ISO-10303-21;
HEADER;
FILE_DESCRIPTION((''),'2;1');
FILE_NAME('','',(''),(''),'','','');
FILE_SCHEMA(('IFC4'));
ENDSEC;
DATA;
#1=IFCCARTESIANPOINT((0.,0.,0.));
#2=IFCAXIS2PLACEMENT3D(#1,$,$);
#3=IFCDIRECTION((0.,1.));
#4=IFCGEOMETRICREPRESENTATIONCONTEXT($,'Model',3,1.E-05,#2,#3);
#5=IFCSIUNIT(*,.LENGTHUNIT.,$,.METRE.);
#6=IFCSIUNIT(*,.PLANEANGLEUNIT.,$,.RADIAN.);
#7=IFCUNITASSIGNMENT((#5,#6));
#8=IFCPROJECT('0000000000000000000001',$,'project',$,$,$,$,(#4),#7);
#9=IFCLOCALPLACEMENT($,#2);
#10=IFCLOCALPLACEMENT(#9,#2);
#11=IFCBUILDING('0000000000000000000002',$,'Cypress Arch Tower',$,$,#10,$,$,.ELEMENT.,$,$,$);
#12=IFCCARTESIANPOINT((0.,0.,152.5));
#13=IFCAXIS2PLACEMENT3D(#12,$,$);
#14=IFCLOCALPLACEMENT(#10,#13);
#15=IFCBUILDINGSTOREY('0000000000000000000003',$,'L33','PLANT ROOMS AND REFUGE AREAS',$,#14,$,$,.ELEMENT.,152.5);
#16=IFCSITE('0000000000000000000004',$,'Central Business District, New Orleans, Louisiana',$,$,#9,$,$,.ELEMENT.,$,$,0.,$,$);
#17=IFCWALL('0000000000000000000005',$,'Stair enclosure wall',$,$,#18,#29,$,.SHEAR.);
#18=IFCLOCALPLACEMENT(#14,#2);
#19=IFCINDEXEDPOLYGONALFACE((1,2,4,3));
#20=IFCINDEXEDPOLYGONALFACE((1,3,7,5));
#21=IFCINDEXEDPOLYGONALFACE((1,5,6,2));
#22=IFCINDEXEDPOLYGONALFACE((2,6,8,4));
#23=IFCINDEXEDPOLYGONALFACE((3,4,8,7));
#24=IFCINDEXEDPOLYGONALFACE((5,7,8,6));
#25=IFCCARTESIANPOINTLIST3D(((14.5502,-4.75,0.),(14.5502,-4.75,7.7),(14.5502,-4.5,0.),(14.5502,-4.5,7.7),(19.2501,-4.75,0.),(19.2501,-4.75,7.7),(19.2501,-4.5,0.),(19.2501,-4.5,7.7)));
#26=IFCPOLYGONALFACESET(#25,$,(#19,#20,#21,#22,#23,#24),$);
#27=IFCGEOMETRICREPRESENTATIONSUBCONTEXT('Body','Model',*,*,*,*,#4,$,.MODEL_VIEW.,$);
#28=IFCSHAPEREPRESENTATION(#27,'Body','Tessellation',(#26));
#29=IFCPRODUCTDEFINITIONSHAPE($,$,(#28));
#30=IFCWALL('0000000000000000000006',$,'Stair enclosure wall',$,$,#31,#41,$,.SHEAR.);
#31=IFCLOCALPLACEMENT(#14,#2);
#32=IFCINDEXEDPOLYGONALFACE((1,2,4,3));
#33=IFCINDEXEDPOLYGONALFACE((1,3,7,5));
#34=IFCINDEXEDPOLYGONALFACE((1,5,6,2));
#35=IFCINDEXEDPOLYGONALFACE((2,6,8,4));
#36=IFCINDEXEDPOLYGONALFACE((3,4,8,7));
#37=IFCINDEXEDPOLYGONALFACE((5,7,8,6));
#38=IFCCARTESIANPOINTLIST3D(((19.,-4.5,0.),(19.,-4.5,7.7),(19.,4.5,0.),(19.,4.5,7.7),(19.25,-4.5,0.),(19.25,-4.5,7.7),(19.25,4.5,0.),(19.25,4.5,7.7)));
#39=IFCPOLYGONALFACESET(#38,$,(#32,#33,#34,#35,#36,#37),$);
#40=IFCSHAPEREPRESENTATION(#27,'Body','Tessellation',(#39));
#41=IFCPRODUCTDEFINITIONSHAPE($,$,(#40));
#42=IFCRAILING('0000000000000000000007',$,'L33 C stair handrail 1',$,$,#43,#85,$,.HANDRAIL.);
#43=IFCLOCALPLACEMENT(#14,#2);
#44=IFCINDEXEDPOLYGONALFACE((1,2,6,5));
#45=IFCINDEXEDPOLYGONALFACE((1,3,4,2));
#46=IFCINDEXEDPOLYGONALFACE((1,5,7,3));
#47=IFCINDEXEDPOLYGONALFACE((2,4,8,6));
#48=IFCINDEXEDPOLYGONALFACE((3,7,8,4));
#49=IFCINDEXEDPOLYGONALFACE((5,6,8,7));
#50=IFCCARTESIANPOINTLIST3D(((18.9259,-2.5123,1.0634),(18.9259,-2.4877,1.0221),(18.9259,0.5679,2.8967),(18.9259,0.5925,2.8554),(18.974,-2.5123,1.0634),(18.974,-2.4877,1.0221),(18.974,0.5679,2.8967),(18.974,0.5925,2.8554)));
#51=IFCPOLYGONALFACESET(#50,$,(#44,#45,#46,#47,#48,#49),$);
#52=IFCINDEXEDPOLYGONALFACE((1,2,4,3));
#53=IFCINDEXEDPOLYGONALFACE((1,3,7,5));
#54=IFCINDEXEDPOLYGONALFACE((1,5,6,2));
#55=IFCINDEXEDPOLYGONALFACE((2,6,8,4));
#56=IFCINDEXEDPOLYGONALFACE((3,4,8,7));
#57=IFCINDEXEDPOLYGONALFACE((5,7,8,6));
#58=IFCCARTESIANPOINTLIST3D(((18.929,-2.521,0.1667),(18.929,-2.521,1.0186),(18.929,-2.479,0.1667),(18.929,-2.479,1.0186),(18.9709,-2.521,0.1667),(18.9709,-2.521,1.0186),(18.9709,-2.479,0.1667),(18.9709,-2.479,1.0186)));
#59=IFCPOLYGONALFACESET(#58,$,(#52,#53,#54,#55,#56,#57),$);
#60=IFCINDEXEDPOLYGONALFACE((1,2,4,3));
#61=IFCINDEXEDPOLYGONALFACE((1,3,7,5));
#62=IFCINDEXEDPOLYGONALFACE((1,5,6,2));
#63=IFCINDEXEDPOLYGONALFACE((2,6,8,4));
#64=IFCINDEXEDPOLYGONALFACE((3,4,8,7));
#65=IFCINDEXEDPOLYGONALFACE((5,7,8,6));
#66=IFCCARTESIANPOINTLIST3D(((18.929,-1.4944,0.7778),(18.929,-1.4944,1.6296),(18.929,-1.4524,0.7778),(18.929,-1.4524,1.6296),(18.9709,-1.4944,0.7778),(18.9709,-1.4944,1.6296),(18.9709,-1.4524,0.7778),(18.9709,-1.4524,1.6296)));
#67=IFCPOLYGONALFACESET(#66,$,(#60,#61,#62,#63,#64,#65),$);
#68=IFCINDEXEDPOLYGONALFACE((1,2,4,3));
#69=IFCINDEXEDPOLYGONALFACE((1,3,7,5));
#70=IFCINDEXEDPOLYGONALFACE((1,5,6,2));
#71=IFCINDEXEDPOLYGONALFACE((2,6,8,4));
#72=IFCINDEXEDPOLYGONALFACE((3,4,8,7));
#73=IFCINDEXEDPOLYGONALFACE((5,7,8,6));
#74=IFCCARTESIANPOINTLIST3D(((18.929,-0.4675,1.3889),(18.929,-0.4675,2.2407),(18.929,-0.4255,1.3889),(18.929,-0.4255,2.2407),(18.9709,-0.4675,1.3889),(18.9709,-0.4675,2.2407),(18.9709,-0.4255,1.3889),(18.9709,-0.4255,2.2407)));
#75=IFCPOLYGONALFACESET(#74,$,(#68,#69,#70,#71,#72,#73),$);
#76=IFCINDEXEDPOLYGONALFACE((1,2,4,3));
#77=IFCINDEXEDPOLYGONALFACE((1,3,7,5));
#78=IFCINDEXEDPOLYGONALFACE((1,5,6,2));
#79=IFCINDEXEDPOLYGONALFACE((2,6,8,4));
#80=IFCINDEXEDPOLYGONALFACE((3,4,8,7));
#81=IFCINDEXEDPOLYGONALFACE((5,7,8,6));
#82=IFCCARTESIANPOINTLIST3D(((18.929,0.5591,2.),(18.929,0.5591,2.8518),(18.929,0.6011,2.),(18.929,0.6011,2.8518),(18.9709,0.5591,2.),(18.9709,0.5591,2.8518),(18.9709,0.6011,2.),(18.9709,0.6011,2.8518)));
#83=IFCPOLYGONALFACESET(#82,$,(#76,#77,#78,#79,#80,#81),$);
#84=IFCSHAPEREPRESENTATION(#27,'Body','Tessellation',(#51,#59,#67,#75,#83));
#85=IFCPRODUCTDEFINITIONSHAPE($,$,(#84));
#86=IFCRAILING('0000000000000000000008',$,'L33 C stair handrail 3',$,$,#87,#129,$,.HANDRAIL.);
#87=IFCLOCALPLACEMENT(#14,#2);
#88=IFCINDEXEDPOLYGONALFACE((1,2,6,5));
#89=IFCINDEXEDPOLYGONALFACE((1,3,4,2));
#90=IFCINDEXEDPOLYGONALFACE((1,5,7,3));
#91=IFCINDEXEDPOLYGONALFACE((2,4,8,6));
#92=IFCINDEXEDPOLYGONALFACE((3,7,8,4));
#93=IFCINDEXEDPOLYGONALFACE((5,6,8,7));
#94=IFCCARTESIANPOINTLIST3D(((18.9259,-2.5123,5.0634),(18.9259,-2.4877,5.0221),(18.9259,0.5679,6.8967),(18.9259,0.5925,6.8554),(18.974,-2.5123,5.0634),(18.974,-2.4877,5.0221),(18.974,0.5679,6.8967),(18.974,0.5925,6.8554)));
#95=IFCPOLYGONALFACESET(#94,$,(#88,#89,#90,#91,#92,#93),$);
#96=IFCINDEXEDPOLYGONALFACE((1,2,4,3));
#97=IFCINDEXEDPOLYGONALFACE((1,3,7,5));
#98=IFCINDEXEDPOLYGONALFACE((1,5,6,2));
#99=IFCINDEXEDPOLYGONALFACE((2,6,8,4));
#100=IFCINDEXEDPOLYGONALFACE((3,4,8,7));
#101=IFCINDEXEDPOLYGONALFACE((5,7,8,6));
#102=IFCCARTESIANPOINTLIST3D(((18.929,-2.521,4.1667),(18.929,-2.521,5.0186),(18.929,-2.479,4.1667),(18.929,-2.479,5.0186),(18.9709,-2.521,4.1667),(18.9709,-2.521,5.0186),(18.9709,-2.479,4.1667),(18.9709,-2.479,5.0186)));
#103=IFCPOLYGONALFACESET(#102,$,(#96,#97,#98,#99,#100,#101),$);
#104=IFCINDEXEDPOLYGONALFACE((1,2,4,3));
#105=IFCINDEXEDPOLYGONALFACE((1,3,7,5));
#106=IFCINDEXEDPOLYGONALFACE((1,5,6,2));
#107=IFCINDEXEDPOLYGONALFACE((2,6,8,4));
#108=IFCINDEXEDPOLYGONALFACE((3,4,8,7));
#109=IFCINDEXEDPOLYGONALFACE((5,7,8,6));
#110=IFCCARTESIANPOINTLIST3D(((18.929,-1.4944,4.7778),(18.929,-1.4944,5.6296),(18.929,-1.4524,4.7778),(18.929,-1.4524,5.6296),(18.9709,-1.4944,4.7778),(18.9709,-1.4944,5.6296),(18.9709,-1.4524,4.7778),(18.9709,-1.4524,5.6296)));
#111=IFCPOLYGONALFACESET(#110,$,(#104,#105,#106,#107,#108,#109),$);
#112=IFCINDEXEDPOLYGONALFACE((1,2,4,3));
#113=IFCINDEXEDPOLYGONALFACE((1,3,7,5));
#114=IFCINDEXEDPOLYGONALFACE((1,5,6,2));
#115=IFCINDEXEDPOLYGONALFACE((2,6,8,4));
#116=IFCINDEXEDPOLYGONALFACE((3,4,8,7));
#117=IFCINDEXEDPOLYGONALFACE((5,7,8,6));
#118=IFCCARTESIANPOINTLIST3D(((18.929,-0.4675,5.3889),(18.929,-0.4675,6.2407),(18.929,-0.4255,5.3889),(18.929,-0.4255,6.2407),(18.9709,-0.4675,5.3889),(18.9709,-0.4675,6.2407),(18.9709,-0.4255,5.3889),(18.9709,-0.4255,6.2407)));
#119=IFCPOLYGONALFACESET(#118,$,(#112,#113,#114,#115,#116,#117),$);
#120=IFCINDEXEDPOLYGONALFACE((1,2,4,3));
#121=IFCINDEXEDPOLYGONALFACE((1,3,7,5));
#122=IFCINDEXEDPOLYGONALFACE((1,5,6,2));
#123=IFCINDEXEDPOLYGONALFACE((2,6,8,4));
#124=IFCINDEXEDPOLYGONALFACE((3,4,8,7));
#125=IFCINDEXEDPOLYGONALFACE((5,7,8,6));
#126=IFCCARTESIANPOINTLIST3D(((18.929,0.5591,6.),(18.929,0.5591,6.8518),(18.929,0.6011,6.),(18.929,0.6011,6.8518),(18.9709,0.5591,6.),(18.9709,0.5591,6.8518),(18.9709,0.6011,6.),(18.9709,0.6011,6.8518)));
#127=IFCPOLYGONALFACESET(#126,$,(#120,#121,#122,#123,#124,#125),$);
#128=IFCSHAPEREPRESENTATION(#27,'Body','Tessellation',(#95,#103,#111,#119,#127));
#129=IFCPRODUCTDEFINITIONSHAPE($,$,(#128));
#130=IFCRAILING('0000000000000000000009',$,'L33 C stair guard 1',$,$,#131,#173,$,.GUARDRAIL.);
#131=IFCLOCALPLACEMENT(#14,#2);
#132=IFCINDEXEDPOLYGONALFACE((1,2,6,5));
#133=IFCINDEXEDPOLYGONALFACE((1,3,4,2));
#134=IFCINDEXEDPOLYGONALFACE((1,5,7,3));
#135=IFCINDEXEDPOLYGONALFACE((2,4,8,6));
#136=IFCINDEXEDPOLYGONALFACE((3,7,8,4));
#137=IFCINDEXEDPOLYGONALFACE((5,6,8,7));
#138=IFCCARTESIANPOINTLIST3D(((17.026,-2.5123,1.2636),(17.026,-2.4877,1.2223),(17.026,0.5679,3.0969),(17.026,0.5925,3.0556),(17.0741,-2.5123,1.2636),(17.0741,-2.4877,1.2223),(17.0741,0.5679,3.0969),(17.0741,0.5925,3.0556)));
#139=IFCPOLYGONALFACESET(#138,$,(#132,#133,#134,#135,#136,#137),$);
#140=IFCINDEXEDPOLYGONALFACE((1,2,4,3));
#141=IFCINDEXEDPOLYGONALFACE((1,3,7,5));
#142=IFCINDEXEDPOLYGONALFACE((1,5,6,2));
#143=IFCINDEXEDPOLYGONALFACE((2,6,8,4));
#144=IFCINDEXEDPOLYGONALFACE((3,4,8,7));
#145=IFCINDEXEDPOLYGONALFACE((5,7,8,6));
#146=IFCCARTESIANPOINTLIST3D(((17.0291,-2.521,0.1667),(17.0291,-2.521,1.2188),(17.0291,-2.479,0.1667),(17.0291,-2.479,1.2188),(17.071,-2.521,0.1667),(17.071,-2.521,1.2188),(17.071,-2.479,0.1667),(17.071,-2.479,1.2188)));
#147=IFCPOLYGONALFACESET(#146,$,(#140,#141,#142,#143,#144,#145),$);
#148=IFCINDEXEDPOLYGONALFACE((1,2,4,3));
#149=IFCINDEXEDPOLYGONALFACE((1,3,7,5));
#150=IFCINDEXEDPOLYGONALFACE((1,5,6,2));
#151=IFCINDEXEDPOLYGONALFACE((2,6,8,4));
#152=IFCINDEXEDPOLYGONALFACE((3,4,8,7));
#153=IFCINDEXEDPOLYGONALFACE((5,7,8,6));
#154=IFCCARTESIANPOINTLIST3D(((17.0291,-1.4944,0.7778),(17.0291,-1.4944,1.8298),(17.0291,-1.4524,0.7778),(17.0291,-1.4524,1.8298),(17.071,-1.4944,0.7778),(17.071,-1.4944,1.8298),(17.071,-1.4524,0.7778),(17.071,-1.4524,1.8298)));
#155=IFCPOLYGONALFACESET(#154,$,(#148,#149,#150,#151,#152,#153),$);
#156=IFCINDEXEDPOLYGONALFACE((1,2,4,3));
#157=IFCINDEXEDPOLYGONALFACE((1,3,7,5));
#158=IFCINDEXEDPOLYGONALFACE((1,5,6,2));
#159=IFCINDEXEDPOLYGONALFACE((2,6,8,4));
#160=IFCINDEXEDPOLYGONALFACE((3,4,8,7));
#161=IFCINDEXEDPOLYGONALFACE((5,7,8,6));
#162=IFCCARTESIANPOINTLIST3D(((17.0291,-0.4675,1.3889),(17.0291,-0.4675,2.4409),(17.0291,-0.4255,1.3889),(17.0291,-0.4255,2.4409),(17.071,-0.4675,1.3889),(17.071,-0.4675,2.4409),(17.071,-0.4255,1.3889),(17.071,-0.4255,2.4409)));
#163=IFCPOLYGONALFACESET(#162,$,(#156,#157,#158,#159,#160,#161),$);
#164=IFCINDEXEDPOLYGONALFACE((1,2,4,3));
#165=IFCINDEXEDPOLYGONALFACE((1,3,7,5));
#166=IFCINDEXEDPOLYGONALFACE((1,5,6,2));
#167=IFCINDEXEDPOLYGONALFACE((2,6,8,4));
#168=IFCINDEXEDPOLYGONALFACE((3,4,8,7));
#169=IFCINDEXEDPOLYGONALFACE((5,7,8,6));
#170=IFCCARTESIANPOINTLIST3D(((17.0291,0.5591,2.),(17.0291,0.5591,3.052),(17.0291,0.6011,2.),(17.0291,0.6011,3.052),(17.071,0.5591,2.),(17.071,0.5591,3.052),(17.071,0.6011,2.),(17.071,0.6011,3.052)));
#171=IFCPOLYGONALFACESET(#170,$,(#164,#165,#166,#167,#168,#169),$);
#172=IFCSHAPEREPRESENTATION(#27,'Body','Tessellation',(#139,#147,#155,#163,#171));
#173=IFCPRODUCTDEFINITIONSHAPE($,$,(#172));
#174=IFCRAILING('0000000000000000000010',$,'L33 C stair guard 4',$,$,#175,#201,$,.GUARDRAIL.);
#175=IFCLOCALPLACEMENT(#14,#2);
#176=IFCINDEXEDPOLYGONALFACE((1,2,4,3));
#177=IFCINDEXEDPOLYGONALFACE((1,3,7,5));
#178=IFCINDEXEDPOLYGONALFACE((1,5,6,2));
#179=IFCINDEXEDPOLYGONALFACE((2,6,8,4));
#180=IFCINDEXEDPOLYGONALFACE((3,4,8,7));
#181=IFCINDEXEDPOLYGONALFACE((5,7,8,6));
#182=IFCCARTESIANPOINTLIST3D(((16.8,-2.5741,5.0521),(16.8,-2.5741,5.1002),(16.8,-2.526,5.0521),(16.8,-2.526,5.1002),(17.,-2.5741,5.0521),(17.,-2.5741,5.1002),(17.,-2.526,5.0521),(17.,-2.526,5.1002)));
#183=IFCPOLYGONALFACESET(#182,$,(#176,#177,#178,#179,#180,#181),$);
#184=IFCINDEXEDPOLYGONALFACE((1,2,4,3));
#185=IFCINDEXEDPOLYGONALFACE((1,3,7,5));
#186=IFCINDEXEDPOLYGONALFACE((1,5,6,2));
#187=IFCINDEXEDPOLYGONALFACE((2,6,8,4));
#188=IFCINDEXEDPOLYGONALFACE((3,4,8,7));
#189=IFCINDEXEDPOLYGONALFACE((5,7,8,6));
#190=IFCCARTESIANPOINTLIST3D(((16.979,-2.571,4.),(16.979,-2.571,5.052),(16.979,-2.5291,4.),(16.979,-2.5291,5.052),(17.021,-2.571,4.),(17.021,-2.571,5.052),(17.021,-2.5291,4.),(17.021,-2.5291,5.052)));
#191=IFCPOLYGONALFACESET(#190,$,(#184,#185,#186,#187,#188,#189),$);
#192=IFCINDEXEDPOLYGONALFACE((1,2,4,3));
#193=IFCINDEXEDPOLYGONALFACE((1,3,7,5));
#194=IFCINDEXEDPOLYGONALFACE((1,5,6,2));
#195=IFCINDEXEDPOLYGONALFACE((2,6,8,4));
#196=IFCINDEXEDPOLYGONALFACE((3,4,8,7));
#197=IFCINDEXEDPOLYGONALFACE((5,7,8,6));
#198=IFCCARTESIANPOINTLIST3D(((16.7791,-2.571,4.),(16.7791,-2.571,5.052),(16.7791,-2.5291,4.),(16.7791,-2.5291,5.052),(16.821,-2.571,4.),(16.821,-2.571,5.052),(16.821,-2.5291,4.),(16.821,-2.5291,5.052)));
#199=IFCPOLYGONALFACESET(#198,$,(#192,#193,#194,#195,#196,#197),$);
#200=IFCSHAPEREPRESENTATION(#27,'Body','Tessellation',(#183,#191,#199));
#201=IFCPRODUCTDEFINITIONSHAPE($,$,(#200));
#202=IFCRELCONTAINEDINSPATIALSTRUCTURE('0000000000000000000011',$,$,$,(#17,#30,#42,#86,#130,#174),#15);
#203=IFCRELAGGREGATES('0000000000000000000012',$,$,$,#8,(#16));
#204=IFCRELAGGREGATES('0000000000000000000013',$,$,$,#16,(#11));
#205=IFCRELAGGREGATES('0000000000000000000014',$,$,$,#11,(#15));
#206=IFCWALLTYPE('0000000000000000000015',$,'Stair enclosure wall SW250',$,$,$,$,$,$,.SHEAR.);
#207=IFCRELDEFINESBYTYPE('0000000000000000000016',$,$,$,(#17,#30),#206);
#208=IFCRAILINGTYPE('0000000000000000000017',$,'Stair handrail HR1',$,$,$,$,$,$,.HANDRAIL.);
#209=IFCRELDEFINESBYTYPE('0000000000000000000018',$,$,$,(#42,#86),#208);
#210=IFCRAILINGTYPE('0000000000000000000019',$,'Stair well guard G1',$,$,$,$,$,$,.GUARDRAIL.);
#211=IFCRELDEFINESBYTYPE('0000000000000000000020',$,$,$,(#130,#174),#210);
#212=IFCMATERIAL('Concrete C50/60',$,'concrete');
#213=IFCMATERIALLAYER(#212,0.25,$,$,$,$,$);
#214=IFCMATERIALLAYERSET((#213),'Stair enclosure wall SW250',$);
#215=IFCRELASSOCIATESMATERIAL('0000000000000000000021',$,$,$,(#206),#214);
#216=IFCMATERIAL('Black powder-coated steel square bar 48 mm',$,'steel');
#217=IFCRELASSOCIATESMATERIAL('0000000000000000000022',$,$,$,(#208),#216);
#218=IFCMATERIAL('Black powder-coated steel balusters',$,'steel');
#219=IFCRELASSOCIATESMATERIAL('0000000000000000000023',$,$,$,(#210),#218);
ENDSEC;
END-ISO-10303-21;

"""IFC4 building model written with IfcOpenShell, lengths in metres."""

from ifc_helpers import new_model, si_unit, direction, frame, frame_2d, origin, origin_2d, place, context, subcontext, project, spatial, rectangle, extrude, material, layer, layer_set, type_object, element, save


model = new_model("IFC4")

# Units and contexts
model_context = context("Model", 3, precision=1e-05, world=origin(), true_north=direction((0.0, 1.0)))
body_context = subcontext(model_context, "Body", "Model", "MODEL_VIEW")
ifc_project = project(units=[si_unit("LENGTHUNIT", "METRE"), si_unit("PLANEANGLEUNIT", "RADIAN")], contexts=[model_context])

# Site, building, storey
site_placement = place(None, origin())
site = spatial("IfcSite", under=ifc_project, at=site_placement, Name="Central Business District, New Orleans, Louisiana", CompositionType="ELEMENT", RefElevation=0.0)
building_placement = place(site_placement, origin())
building = spatial("IfcBuilding", under=site, at=building_placement, Name="Cypress Arch Tower", CompositionType="ELEMENT")
storey_placement = place(building_placement, frame((0.0, 0.0, 152.5)))
storey = spatial("IfcBuildingStorey", under=building, at=storey_placement, Name="L33", Description="PLANT ROOMS AND REFUGE AREAS", CompositionType="ELEMENT", Elevation=152.5)

# Shared definitions
ifc_material_1 = material(Name="Concrete C50/60", Category="concrete")
ifc_layer_1 = layer(ifc_material_1, 0.25)
ifc_layer_set_1 = layer_set([ifc_layer_1], Name="Stair enclosure wall SW250")
wall_type_1 = type_object("IfcWallType", Name="Stair enclosure wall SW250", PredefinedType="SHEAR", material=ifc_layer_set_1)

# Walls
wall_1_placement = place(storey_placement, frame((14.55, -4.625, 0.0), z_axis=(0.0, 0.0, 1.0), x_axis=(1.0, 0.0, 0.0)))
element("IfcWall", 1, at=wall_1_placement, inside=storey, type_object=wall_type_1, Name="Stair enclosure wall", PredefinedType="SHEAR", context=body_context, shape_type="SweptSolid", body=[
    extrude(rectangle(XDim=4.7, YDim=0.25, at=frame_2d((2.3501, 0.0))), origin(), (0.0, 0.0, 1.0), 7.7),
])
wall_2_placement = place(storey_placement, frame((19.125, -4.5, 0.0), z_axis=(0.0, 0.0, 1.0), x_axis=(0.0, 1.0, 0.0)))
element("IfcWall", 2, at=wall_2_placement, inside=storey, type_object=wall_type_1, Name="Stair enclosure wall", PredefinedType="SHEAR", context=body_context, shape_type="SweptSolid", body=[
    extrude(rectangle(XDim=9.0, YDim=0.25, at=frame_2d((4.5, 0.0))), origin(), (0.0, 0.0, 1.0), 7.7),
])

# Railings
ifc_material_2 = material(Name="Black powder-coated steel square bar 48 mm", Category="steel")
railing_type_1 = type_object("IfcRailingType", Name="Stair handrail HR1", PredefinedType="HANDRAIL", material=ifc_material_2)
for number, where, name in (
    (3, (18.95, -2.5, 0.1667), "L33 C stair handrail 1"),
    (4, (18.95, -2.5, 4.1667), "L33 C stair handrail 3"),
):
    element("IfcRailing", number, at=place(storey_placement, frame(where)), inside=storey, type_object=railing_type_1, Name=name, PredefinedType="HANDRAIL", context=body_context, shape_type="SweptSolid", body=[
        extrude(rectangle(XDim=0.0481, YDim=0.0481, at=origin_2d()), frame((0.0, 0.0, 0.876), z_axis=(0.0, 0.859309, 0.511458), x_axis=(-1.0, 0.0, 0.0)), (0.0, 0.0, 1.0), 3.5845),
        extrude(rectangle(XDim=0.042, YDim=0.042, at=origin_2d()), origin(), (0.0, 0.0, 1.0), 0.8518),
        extrude(rectangle(XDim=0.042, YDim=0.042, at=origin_2d()), frame((0.0, 1.0266, 0.6111)), (0.0, 0.0, 1.0), 0.8518),
        extrude(rectangle(XDim=0.042, YDim=0.042, at=origin_2d()), frame((0.0, 2.0535, 1.2222)), (0.0, 0.0, 1.0), 0.8518),
        extrude(rectangle(XDim=0.042, YDim=0.042, at=origin_2d()), frame((0.0, 3.0801, 1.8333)), (0.0, 0.0, 1.0), 0.8518),
    ])
ifc_material_3 = material(Name="Black powder-coated steel balusters", Category="steel")
railing_type_2 = type_object("IfcRailingType", Name="Stair well guard G1", PredefinedType="GUARDRAIL", material=ifc_material_3)
railing_1_placement = place(storey_placement, frame((17.05, -2.5, 0.1667)))
element("IfcRailing", 5, at=railing_1_placement, inside=storey, type_object=railing_type_2, Name="L33 C stair guard 1", PredefinedType="GUARDRAIL", context=body_context, shape_type="SweptSolid", body=[
    extrude(rectangle(XDim=0.0481, YDim=0.0481, at=origin_2d()), frame((0.0, 0.0, 1.0762), z_axis=(0.0, 0.859309, 0.511458), x_axis=(-1.0, 0.0, 0.0)), (0.0, 0.0, 1.0), 3.5845),
    extrude(rectangle(XDim=0.042, YDim=0.042, at=origin_2d()), origin(), (0.0, 0.0, 1.0), 1.052),
    extrude(rectangle(XDim=0.042, YDim=0.042, at=origin_2d()), frame((0.0, 1.0266, 0.6111)), (0.0, 0.0, 1.0), 1.052),
    extrude(rectangle(XDim=0.042, YDim=0.042, at=origin_2d()), frame((0.0, 2.0535, 1.2222)), (0.0, 0.0, 1.0), 1.052),
    extrude(rectangle(XDim=0.042, YDim=0.042, at=origin_2d()), frame((0.0, 3.0801, 1.8333)), (0.0, 0.0, 1.0), 1.052),
])
railing_2_placement = place(storey_placement, frame((17.0, -2.55, 4.0)))
element("IfcRailing", 6, at=railing_2_placement, inside=storey, type_object=railing_type_2, Name="L33 C stair guard 4", PredefinedType="GUARDRAIL", context=body_context, shape_type="SweptSolid", body=[
    extrude(rectangle(XDim=0.0481, YDim=0.0481, at=origin_2d()), frame((0.0, 0.0, 1.0762), z_axis=(-1.0, 0.0, 0.0), x_axis=(0.0, -1.0, 0.0)), (0.0, 0.0, 1.0), 0.2),
    extrude(rectangle(XDim=0.042, YDim=0.042, at=origin_2d()), origin(), (0.0, 0.0, 1.0), 1.052),
    extrude(rectangle(XDim=0.042, YDim=0.042, at=origin_2d()), frame((-0.2, 0.0, 0.0)), (0.0, 0.0, 1.0), 1.052),
])

save(model, "model.ifc")
